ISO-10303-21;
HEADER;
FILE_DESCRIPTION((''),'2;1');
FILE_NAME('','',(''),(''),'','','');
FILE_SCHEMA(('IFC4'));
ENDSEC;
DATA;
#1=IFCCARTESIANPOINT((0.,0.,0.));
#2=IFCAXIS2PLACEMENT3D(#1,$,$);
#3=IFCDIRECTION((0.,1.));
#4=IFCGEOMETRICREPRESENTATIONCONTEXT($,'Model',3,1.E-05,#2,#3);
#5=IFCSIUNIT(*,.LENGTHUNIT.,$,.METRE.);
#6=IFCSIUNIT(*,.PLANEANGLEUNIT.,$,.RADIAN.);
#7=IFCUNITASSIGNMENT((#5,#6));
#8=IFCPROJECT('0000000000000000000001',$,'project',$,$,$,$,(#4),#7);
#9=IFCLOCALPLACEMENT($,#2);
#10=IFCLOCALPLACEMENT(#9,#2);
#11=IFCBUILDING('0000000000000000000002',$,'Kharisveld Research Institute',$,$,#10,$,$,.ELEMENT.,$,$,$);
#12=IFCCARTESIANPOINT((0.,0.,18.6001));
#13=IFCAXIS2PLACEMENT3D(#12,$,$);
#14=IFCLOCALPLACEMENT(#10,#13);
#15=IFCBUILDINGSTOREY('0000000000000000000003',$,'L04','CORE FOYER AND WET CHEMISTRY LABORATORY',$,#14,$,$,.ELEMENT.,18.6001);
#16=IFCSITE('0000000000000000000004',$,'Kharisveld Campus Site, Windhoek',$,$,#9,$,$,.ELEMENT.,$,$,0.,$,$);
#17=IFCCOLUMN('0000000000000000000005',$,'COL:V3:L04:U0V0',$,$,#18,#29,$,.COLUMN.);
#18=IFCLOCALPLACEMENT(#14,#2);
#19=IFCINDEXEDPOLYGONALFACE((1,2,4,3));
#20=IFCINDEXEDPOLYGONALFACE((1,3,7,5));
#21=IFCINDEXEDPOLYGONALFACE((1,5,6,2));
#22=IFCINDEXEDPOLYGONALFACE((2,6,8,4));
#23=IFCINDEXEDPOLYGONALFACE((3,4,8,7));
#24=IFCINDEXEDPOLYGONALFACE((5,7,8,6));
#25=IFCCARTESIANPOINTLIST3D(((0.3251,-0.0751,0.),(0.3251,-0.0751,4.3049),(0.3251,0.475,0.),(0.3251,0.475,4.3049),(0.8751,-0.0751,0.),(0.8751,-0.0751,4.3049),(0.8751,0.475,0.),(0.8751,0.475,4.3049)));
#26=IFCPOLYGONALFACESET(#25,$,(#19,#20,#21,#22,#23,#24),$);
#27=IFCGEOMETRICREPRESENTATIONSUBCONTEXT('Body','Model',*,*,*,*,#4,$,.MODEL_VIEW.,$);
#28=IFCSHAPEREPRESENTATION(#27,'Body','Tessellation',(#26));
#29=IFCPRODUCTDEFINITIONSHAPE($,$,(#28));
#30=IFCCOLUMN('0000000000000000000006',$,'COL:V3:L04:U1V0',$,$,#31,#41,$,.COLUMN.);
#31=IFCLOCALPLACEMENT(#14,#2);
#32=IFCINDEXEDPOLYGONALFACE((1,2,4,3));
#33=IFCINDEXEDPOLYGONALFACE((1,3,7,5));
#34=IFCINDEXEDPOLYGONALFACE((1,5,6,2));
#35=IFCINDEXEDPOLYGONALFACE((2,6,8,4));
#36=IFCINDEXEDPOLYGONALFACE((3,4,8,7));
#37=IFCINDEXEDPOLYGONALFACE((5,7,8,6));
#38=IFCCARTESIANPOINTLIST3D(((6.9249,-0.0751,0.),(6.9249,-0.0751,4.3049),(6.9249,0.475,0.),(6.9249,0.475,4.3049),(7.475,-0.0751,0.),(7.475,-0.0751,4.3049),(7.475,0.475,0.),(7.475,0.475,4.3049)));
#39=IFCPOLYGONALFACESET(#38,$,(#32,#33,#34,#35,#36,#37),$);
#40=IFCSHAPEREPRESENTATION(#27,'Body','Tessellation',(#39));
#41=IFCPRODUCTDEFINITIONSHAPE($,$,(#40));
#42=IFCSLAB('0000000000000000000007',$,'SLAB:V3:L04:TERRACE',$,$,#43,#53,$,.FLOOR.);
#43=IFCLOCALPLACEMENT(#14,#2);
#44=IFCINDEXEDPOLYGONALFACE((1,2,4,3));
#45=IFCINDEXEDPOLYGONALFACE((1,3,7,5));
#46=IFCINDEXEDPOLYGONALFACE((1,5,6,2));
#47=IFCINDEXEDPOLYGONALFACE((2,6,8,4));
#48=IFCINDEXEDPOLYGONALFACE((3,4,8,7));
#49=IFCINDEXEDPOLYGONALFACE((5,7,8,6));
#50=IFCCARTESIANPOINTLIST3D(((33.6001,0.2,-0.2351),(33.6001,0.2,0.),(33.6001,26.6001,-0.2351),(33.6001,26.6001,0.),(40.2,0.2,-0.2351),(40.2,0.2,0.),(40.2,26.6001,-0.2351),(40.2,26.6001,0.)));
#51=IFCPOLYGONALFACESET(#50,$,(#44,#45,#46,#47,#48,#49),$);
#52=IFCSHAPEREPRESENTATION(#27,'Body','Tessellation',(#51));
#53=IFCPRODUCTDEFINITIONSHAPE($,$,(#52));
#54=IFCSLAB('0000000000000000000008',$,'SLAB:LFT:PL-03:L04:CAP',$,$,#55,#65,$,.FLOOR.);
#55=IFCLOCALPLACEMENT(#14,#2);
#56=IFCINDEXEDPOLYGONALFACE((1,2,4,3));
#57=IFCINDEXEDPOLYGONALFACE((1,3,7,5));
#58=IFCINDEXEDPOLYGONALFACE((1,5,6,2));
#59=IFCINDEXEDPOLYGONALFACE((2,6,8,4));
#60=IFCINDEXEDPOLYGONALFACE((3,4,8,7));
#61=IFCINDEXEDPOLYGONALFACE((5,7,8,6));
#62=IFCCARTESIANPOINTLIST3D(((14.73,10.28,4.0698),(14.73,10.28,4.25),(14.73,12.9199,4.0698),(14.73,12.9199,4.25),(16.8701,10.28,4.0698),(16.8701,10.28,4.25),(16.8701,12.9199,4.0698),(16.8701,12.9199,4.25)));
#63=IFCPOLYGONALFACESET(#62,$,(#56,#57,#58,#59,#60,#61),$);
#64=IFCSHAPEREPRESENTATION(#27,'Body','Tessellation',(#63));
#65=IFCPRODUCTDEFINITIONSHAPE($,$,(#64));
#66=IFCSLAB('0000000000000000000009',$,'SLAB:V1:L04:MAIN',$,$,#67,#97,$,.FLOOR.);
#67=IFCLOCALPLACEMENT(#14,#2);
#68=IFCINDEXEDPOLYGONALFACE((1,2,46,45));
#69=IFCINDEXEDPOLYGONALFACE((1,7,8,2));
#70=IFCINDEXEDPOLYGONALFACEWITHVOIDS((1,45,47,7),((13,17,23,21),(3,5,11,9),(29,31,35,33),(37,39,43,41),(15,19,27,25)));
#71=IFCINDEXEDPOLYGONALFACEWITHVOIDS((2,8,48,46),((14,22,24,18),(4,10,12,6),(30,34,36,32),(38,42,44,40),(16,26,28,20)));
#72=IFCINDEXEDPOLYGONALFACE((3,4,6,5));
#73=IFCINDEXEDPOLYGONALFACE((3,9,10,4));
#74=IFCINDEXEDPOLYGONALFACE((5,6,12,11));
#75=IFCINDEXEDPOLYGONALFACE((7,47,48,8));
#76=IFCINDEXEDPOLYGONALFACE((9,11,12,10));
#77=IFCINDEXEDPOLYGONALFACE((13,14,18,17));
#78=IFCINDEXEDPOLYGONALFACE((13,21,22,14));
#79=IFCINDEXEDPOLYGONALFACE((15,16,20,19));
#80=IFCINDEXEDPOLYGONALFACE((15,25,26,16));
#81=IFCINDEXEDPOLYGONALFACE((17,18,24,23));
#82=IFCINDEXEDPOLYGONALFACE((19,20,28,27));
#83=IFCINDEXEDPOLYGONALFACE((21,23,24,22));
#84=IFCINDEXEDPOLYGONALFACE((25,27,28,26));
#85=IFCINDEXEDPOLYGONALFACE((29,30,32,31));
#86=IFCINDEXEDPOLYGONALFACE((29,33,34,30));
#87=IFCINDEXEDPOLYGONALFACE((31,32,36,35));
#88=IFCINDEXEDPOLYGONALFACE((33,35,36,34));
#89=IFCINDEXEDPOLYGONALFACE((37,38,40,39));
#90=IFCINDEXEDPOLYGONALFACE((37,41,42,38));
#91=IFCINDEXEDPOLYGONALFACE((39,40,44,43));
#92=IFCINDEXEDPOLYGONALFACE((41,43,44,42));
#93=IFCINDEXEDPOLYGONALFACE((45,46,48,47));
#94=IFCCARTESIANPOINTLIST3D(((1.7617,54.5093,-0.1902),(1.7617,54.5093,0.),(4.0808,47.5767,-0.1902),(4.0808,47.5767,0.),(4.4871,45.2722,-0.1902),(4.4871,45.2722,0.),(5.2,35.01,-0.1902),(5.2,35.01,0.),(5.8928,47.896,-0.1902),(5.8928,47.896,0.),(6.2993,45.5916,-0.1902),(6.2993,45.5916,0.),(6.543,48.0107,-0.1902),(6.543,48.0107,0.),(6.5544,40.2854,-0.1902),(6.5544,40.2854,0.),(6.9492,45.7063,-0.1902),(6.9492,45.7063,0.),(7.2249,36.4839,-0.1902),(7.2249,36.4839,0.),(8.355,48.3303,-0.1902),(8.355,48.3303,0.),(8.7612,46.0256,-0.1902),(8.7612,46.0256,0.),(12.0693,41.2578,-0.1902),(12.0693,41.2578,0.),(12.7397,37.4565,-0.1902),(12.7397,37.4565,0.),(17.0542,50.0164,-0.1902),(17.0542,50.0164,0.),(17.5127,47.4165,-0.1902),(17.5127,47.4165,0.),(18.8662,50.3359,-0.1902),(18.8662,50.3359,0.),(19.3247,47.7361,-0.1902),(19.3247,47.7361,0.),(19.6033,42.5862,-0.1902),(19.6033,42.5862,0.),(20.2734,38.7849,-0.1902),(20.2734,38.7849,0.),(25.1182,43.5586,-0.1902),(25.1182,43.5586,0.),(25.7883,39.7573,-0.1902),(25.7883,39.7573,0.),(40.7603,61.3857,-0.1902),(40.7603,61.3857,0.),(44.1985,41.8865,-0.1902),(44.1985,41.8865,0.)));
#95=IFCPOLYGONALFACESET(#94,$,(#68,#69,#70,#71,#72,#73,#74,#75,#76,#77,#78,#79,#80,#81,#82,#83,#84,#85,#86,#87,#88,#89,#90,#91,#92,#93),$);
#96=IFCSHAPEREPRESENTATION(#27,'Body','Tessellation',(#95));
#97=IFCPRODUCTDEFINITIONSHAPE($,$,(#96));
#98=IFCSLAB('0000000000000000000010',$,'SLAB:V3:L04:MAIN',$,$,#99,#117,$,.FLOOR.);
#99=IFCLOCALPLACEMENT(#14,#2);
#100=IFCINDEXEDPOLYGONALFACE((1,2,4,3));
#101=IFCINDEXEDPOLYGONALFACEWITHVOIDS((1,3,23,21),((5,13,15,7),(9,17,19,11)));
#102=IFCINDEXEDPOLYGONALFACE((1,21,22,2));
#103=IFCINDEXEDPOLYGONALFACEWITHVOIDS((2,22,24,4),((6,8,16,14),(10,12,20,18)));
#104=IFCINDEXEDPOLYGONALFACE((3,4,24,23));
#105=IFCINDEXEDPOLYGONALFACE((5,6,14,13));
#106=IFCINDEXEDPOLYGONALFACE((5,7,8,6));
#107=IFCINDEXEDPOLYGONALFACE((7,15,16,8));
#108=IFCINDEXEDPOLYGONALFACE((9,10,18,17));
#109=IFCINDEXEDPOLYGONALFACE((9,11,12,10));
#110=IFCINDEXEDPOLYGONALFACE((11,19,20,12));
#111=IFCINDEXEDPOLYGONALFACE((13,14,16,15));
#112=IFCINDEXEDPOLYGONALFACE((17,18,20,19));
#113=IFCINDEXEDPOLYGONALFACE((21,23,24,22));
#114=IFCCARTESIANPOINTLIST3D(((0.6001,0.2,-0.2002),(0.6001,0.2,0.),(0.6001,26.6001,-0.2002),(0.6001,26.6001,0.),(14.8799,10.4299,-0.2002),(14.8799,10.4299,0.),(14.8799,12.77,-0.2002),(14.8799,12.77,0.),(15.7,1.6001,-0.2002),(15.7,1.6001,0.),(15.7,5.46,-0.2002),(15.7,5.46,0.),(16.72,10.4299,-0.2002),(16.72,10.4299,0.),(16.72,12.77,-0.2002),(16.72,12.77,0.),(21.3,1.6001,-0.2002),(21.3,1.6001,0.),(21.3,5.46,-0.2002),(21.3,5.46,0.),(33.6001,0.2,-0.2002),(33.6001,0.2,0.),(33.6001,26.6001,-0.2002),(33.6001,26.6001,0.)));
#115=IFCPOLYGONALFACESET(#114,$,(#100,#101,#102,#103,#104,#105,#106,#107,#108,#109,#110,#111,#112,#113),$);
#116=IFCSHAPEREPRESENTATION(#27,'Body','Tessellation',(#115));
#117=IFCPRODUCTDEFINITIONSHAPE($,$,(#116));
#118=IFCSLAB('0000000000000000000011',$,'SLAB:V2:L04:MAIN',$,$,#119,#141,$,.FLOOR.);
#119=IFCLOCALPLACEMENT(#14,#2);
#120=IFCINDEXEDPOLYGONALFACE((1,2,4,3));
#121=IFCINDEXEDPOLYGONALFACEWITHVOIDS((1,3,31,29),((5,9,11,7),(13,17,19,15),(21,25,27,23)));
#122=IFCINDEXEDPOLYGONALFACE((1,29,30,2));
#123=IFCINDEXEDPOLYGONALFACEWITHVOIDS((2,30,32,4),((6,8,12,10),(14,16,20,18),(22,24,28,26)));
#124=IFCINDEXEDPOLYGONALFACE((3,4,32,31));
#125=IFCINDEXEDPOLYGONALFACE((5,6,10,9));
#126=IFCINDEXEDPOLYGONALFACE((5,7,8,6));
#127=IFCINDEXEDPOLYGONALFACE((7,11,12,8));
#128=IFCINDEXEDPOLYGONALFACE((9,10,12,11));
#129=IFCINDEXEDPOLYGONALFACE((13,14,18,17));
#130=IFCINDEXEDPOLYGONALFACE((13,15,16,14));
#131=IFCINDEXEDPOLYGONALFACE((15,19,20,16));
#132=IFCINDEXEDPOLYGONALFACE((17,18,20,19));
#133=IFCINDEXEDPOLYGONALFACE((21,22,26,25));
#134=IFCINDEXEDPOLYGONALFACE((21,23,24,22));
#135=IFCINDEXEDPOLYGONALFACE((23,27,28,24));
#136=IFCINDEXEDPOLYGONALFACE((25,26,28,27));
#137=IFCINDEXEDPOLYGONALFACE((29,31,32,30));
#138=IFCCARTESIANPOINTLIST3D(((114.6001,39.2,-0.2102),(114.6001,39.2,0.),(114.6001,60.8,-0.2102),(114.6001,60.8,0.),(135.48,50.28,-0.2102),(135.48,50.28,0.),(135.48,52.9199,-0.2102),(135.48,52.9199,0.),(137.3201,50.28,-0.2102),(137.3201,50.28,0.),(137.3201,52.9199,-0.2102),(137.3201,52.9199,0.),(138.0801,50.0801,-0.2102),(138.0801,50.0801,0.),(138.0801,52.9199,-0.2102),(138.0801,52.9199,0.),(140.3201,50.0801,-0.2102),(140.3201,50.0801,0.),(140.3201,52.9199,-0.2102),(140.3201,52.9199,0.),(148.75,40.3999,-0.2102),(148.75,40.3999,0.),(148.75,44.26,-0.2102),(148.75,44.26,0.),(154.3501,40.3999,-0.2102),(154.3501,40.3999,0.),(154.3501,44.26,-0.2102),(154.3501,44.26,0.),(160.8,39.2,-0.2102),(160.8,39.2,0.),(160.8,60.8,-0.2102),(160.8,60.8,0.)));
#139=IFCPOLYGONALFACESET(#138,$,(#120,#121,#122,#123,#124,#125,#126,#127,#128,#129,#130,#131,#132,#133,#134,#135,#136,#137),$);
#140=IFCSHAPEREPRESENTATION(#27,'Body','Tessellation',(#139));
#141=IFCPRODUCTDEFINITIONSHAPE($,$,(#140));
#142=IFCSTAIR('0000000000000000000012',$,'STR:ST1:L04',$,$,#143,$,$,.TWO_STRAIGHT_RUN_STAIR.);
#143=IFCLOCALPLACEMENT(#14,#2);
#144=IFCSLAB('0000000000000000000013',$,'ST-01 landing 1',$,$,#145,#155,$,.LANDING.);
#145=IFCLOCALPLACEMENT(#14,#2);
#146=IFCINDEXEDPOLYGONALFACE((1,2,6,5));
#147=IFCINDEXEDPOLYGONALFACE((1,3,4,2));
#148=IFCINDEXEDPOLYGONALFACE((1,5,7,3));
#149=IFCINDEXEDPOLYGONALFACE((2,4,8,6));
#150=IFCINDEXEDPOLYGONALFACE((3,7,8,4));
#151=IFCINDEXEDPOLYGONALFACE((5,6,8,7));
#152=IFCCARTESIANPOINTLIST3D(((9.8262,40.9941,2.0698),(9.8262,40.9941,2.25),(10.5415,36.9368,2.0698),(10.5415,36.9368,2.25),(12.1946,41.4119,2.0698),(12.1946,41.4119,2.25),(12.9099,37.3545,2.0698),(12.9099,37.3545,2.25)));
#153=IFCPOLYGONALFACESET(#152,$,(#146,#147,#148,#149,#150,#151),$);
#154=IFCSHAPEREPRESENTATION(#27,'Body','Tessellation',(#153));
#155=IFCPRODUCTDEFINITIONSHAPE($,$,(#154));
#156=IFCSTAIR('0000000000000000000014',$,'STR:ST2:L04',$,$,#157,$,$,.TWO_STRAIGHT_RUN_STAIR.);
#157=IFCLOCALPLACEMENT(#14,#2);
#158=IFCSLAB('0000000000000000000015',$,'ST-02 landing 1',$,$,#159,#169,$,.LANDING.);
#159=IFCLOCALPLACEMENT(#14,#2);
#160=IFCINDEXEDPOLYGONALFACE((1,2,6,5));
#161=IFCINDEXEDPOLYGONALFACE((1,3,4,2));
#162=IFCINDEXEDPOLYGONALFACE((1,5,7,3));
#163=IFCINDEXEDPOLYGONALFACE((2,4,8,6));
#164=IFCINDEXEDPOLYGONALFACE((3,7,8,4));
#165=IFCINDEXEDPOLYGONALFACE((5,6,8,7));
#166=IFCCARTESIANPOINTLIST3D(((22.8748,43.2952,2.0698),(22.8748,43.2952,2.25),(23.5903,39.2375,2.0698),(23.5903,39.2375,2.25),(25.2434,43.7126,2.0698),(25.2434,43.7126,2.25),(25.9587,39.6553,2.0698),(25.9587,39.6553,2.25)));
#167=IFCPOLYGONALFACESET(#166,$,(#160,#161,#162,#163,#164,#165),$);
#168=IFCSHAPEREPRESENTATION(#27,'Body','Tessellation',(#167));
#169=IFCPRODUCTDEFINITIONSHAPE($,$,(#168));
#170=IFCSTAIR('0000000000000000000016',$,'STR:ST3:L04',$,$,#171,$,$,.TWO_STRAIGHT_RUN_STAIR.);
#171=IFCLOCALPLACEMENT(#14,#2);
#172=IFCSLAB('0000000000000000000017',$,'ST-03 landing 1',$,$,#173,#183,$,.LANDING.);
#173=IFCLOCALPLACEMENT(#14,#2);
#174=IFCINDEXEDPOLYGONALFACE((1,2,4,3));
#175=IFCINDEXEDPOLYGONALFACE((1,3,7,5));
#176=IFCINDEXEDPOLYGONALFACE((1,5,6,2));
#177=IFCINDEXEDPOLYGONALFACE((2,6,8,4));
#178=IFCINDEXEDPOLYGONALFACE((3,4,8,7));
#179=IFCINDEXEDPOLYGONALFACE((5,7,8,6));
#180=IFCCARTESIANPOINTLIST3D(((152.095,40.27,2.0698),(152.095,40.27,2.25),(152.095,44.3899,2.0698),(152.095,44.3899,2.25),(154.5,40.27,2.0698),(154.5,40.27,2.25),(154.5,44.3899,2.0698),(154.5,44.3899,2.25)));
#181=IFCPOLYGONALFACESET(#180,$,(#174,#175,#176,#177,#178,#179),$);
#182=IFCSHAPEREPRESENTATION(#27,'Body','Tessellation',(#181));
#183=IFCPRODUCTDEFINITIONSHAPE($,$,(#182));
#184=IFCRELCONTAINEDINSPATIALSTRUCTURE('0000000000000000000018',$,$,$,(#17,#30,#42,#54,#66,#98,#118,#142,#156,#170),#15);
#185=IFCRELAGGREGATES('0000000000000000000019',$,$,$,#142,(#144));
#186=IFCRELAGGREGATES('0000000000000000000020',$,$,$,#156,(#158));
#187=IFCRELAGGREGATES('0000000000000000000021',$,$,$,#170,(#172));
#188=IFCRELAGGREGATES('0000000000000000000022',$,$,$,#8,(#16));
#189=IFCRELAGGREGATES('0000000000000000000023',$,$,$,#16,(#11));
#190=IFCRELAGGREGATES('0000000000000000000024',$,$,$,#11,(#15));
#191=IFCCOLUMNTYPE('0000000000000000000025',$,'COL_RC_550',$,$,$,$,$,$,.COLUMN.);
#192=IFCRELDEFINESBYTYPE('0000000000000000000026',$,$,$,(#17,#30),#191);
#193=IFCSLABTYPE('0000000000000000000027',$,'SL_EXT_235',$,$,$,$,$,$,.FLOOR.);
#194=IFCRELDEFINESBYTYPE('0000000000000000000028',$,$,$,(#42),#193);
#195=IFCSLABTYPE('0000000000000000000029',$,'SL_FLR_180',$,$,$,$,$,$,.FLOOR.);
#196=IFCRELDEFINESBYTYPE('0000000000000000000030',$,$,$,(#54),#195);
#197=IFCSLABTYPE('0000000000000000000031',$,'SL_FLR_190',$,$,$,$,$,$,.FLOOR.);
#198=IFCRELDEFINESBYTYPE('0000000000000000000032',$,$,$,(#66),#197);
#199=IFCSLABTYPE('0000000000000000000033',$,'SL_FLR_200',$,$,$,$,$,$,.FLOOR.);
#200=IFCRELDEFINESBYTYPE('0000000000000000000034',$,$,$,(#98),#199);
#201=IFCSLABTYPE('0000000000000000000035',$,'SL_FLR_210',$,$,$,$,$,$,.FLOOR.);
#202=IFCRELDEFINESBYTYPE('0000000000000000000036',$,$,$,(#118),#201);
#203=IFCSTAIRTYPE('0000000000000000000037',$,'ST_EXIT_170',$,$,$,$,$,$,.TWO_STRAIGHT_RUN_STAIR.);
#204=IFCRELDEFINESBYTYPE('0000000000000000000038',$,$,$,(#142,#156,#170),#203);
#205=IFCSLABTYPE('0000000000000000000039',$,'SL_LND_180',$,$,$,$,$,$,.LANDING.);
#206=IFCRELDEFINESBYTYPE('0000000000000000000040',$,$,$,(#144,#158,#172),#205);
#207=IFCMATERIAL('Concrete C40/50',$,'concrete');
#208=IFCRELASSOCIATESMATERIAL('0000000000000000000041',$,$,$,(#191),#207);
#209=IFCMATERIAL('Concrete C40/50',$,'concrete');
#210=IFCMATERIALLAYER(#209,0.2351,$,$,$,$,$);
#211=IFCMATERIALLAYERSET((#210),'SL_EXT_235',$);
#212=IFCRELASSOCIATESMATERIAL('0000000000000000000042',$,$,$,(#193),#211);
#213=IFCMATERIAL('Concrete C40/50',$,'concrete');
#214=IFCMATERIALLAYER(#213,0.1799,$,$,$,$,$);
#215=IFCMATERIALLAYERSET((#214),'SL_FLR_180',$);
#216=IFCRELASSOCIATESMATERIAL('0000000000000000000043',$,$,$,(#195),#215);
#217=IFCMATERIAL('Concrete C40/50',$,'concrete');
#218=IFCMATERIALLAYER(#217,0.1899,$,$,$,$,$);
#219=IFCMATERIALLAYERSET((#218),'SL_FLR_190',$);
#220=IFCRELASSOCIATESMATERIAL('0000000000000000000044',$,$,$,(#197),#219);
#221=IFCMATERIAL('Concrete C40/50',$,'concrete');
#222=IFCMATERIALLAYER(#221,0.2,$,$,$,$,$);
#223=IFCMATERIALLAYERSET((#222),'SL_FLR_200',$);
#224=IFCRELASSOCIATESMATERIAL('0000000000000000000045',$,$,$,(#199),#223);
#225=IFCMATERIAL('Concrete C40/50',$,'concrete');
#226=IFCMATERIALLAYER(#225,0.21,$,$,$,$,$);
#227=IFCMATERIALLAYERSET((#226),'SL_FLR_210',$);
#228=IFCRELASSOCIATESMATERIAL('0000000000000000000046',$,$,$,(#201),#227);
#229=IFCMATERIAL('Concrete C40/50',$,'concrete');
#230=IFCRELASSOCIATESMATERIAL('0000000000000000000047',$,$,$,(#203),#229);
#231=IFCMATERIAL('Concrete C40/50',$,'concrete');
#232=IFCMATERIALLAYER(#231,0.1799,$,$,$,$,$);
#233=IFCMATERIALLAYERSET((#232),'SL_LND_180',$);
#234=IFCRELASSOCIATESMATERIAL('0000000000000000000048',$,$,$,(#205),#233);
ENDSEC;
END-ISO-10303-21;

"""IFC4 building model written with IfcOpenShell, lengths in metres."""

from ifc_helpers import new_model, si_unit, direction, frame, origin, origin_2d, place, context, subcontext, project, spatial, polyline, rectangle, outline, extrude, material, layer, layer_set, material_profile, profile_set, type_object, element, aggregate, save


model = new_model("IFC4")

# Units and contexts
model_context = context("Model", 3, precision=1e-05, world=origin(), true_north=direction((0.0, 1.0)))
body_context = subcontext(model_context, "Body", "Model", "MODEL_VIEW")
ifc_project = project(units=[si_unit("LENGTHUNIT", "METRE"), si_unit("PLANEANGLEUNIT", "RADIAN")], contexts=[model_context])

# Site, building, storey
site_placement = place(None, origin())
site = spatial("IfcSite", under=ifc_project, at=site_placement, Name="Kharisveld Campus Site, Windhoek", CompositionType="ELEMENT", RefElevation=0.0)
building_placement = place(site_placement, origin())
building = spatial("IfcBuilding", under=site, at=building_placement, Name="Kharisveld Research Institute", CompositionType="ELEMENT")
storey_placement = place(building_placement, frame((0.0, 0.0, 18.6001)))
storey = spatial("IfcBuildingStorey", under=building, at=storey_placement, Name="L04", Description="CORE FOYER AND WET CHEMISTRY LABORATORY", CompositionType="ELEMENT", Elevation=18.6001)

# Columns
ifc_material_1 = material(Name="Concrete C40/50", Category="concrete")
ifc_material_profile = material_profile(ifc_material_1, rectangle(XDim=0.55, YDim=0.55, at=origin_2d()))
ifc_profile_set = profile_set([ifc_material_profile], Name="Concrete C40/50")
column_type = type_object("IfcColumnType", Name="COL_RC_550", PredefinedType="COLUMN", material=ifc_profile_set)
for number, where, z_axis, x_axis, name in (
    (1, (0.6001, 0.2, 0.0), (0.0, 0.0, 1.0), (1.0, 0.0, 0.0), "COL:V3:L04:U0V0"),
    (2, (7.2, 0.2, 0.0), (0.0, 0.0, 1.0), (1.0, 0.0, 0.0), "COL:V3:L04:U1V0"),
):
    element("IfcColumn", number, at=place(storey_placement, frame(where, z_axis=z_axis, x_axis=x_axis)), inside=storey, type_object=column_type, Name=name, PredefinedType="COLUMN", context=body_context, shape_type="SweptSolid", body=[
        extrude(rectangle(XDim=0.55, YDim=0.55, at=origin_2d()), origin(), (0.0, 0.0, 1.0), 4.3049),
    ])

# Slabs
ifc_material_2 = material(Name="Concrete C40/50", Category="concrete")
ifc_layer_1 = layer(ifc_material_2, 0.2351)
ifc_layer_set_1 = layer_set([ifc_layer_1], Name="SL_EXT_235")
slab_type_1 = type_object("IfcSlabType", Name="SL_EXT_235", PredefinedType="FLOOR", material=ifc_layer_set_1)
slab_1_placement = place(storey_placement, frame((0.0, 0.0, -0.2351)))
element("IfcSlab", 3, at=slab_1_placement, inside=storey, type_object=slab_type_1, Name="SLAB:V3:L04:TERRACE", PredefinedType="FLOOR", context=body_context, shape_type="SweptSolid", body=[
    extrude(outline(polyline([(33.6001, 0.2), (40.2, 0.2), (40.2, 26.6001), (33.6001, 26.6001), (33.6001, 0.2)])), origin(), (0.0, 0.0, 1.0), 0.2351),
])
ifc_material_3 = material(Name="Concrete C40/50", Category="concrete")
ifc_layer_2 = layer(ifc_material_3, 0.1799)
ifc_layer_set_2 = layer_set([ifc_layer_2], Name="SL_FLR_180")
slab_type_2 = type_object("IfcSlabType", Name="SL_FLR_180", PredefinedType="FLOOR", material=ifc_layer_set_2)
slab_2_placement = place(storey_placement, frame((0.0, 0.0, 4.0698)))
element("IfcSlab", 4, at=slab_2_placement, inside=storey, type_object=slab_type_2, Name="SLAB:LFT:PL-03:L04:CAP", PredefinedType="FLOOR", context=body_context, shape_type="SweptSolid", body=[
    extrude(outline(polyline([(14.73, 10.28), (16.8701, 10.28), (16.8701, 12.9199), (14.73, 12.9199), (14.73, 10.28)])), origin(), (0.0, 0.0, 1.0), 0.1802),
])
ifc_material_4 = material(Name="Concrete C40/50", Category="concrete")
ifc_layer_3 = layer(ifc_material_4, 0.1899)
ifc_layer_set_3 = layer_set([ifc_layer_3], Name="SL_FLR_190")
slab_type_3 = type_object("IfcSlabType", Name="SL_FLR_190", PredefinedType="FLOOR", material=ifc_layer_set_3)
slab_3_placement = place(storey_placement, frame((0.0, 0.0, -0.1902)))
element("IfcSlab", 5, at=slab_3_placement, inside=storey, type_object=slab_type_3, Name="SLAB:V1:L04:MAIN", PredefinedType="FLOOR", context=body_context, shape_type="SweptSolid", body=[
    extrude(outline(polyline([(5.2, 35.01), (44.1985, 41.8865), (40.7603, 61.3857), (1.7617, 54.5093), (5.2, 35.01)]), holes=[polyline([(12.7397, 37.4565), (7.2249, 36.4839), (6.5544, 40.2854), (12.0693, 41.2578), (12.7397, 37.4565)]), polyline([(25.7883, 39.7573), (20.2734, 38.7849), (19.6033, 42.5862), (25.1182, 43.5586), (25.7883, 39.7573)]), polyline([(6.2993, 45.5916), (4.4871, 45.2722), (4.0808, 47.5767), (5.8928, 47.896), (6.2993, 45.5916)]), polyline([(6.9492, 45.7063), (6.543, 48.0107), (8.355, 48.3303), (8.7612, 46.0256), (6.9492, 45.7063)]), polyline([(17.5127, 47.4165), (17.0542, 50.0164), (18.8662, 50.3359), (19.3247, 47.7361), (17.5127, 47.4165)])]), origin(), (0.0, 0.0, 1.0), 0.1902),
])
ifc_material_5 = material(Name="Concrete C40/50", Category="concrete")
ifc_layer_4 = layer(ifc_material_5, 0.2)
ifc_layer_set_4 = layer_set([ifc_layer_4], Name="SL_FLR_200")
slab_type_4 = type_object("IfcSlabType", Name="SL_FLR_200", PredefinedType="FLOOR", material=ifc_layer_set_4)
slab_4_placement = place(storey_placement, frame((0.0, 0.0, -0.2002)))
element("IfcSlab", 6, at=slab_4_placement, inside=storey, type_object=slab_type_4, Name="SLAB:V3:L04:MAIN", PredefinedType="FLOOR", context=body_context, shape_type="SweptSolid", body=[
    extrude(outline(polyline([(0.6001, 0.2), (33.6001, 0.2), (33.6001, 26.6001), (0.6001, 26.6001), (0.6001, 0.2)]), holes=[polyline([(21.3, 5.46), (21.3, 1.6001), (15.7, 1.6001), (15.7, 5.46), (21.3, 5.46)]), polyline([(16.72, 12.77), (16.72, 10.4299), (14.8799, 10.4299), (14.8799, 12.77), (16.72, 12.77)])]), origin(), (0.0, 0.0, 1.0), 0.2002),
])
ifc_material_6 = material(Name="Concrete C40/50", Category="concrete")
ifc_layer_5 = layer(ifc_material_6, 0.21)
ifc_layer_set_5 = layer_set([ifc_layer_5], Name="SL_FLR_210")
slab_type_5 = type_object("IfcSlabType", Name="SL_FLR_210", PredefinedType="FLOOR", material=ifc_layer_set_5)
slab_5_placement = place(storey_placement, frame((0.0, 0.0, -0.2102)))
element("IfcSlab", 7, at=slab_5_placement, inside=storey, type_object=slab_type_5, Name="SLAB:V2:L04:MAIN", PredefinedType="FLOOR", context=body_context, shape_type="SweptSolid", body=[
    extrude(outline(polyline([(114.6001, 39.2), (160.8, 39.2), (160.8, 60.8), (114.6001, 60.8), (114.6001, 39.2)]), holes=[polyline([(154.3501, 44.26), (154.3501, 40.3999), (148.75, 40.3999), (148.75, 44.26), (154.3501, 44.26)]), polyline([(140.3201, 50.0801), (138.0801, 50.0801), (138.0801, 52.9199), (140.3201, 52.9199), (140.3201, 50.0801)]), polyline([(137.3201, 50.28), (135.48, 50.28), (135.48, 52.9199), (137.3201, 52.9199), (137.3201, 50.28)])]), origin(), (0.0, 0.0, 1.0), 0.2102),
])

# Stairs, slabs
ifc_material_7 = material(Name="Concrete C40/50", Category="concrete")
stair_type = type_object("IfcStairType", Name="ST_EXIT_170", PredefinedType="TWO_STRAIGHT_RUN_STAIR", material=ifc_material_7)
stair_1_placement = place(storey_placement, origin())
stair_1 = element("IfcStair", 8, at=stair_1_placement, inside=storey, type_object=stair_type, Name="STR:ST1:L04", PredefinedType="TWO_STRAIGHT_RUN_STAIR")
ifc_material_8 = material(Name="Concrete C40/50", Category="concrete")
ifc_layer_6 = layer(ifc_material_8, 0.1799)
ifc_layer_set_6 = layer_set([ifc_layer_6], Name="SL_LND_180")
slab_type_6 = type_object("IfcSlabType", Name="SL_LND_180", PredefinedType="LANDING", material=ifc_layer_set_6)
slab_6_placement = place(storey_placement, frame((0.0, 0.0, 2.0698)))
slab_6 = element("IfcSlab", 9, at=slab_6_placement, type_object=slab_type_6, Name="ST-01 landing 1", PredefinedType="LANDING", context=body_context, shape_type="SweptSolid", body=[
    extrude(outline(polyline([(10.5415, 36.9368), (12.9099, 37.3545), (12.1946, 41.4119), (9.8262, 40.9941), (10.5415, 36.9368)])), origin(), (0.0, 0.0, 1.0), 0.1802),
])
aggregate(stair_1, [slab_6])
stair_2_placement = place(storey_placement, origin())
stair_2 = element("IfcStair", 10, at=stair_2_placement, inside=storey, type_object=stair_type, Name="STR:ST2:L04", PredefinedType="TWO_STRAIGHT_RUN_STAIR")
slab_7_placement = place(storey_placement, frame((0.0, 0.0, 2.0698)))
slab_7 = element("IfcSlab", 11, at=slab_7_placement, type_object=slab_type_6, Name="ST-02 landing 1", PredefinedType="LANDING", context=body_context, shape_type="SweptSolid", body=[
    extrude(outline(polyline([(23.5903, 39.2375), (25.9587, 39.6553), (25.2434, 43.7126), (22.8748, 43.2952), (23.5903, 39.2375)])), origin(), (0.0, 0.0, 1.0), 0.1802),
])
aggregate(stair_2, [slab_7])
stair_3_placement = place(storey_placement, origin())
stair_3 = element("IfcStair", 12, at=stair_3_placement, inside=storey, type_object=stair_type, Name="STR:ST3:L04", PredefinedType="TWO_STRAIGHT_RUN_STAIR")
slab_8_placement = place(storey_placement, frame((0.0, 0.0, 2.0698)))
slab_8 = element("IfcSlab", 13, at=slab_8_placement, type_object=slab_type_6, Name="ST-03 landing 1", PredefinedType="LANDING", context=body_context, shape_type="SweptSolid", body=[
    extrude(outline(polyline([(152.095, 40.27), (154.5, 40.27), (154.5, 44.3899), (152.095, 44.3899), (152.095, 40.27)])), origin(), (0.0, 0.0, 1.0), 0.1802),
])
aggregate(stair_3, [slab_8])

save(model, "model.ifc")
